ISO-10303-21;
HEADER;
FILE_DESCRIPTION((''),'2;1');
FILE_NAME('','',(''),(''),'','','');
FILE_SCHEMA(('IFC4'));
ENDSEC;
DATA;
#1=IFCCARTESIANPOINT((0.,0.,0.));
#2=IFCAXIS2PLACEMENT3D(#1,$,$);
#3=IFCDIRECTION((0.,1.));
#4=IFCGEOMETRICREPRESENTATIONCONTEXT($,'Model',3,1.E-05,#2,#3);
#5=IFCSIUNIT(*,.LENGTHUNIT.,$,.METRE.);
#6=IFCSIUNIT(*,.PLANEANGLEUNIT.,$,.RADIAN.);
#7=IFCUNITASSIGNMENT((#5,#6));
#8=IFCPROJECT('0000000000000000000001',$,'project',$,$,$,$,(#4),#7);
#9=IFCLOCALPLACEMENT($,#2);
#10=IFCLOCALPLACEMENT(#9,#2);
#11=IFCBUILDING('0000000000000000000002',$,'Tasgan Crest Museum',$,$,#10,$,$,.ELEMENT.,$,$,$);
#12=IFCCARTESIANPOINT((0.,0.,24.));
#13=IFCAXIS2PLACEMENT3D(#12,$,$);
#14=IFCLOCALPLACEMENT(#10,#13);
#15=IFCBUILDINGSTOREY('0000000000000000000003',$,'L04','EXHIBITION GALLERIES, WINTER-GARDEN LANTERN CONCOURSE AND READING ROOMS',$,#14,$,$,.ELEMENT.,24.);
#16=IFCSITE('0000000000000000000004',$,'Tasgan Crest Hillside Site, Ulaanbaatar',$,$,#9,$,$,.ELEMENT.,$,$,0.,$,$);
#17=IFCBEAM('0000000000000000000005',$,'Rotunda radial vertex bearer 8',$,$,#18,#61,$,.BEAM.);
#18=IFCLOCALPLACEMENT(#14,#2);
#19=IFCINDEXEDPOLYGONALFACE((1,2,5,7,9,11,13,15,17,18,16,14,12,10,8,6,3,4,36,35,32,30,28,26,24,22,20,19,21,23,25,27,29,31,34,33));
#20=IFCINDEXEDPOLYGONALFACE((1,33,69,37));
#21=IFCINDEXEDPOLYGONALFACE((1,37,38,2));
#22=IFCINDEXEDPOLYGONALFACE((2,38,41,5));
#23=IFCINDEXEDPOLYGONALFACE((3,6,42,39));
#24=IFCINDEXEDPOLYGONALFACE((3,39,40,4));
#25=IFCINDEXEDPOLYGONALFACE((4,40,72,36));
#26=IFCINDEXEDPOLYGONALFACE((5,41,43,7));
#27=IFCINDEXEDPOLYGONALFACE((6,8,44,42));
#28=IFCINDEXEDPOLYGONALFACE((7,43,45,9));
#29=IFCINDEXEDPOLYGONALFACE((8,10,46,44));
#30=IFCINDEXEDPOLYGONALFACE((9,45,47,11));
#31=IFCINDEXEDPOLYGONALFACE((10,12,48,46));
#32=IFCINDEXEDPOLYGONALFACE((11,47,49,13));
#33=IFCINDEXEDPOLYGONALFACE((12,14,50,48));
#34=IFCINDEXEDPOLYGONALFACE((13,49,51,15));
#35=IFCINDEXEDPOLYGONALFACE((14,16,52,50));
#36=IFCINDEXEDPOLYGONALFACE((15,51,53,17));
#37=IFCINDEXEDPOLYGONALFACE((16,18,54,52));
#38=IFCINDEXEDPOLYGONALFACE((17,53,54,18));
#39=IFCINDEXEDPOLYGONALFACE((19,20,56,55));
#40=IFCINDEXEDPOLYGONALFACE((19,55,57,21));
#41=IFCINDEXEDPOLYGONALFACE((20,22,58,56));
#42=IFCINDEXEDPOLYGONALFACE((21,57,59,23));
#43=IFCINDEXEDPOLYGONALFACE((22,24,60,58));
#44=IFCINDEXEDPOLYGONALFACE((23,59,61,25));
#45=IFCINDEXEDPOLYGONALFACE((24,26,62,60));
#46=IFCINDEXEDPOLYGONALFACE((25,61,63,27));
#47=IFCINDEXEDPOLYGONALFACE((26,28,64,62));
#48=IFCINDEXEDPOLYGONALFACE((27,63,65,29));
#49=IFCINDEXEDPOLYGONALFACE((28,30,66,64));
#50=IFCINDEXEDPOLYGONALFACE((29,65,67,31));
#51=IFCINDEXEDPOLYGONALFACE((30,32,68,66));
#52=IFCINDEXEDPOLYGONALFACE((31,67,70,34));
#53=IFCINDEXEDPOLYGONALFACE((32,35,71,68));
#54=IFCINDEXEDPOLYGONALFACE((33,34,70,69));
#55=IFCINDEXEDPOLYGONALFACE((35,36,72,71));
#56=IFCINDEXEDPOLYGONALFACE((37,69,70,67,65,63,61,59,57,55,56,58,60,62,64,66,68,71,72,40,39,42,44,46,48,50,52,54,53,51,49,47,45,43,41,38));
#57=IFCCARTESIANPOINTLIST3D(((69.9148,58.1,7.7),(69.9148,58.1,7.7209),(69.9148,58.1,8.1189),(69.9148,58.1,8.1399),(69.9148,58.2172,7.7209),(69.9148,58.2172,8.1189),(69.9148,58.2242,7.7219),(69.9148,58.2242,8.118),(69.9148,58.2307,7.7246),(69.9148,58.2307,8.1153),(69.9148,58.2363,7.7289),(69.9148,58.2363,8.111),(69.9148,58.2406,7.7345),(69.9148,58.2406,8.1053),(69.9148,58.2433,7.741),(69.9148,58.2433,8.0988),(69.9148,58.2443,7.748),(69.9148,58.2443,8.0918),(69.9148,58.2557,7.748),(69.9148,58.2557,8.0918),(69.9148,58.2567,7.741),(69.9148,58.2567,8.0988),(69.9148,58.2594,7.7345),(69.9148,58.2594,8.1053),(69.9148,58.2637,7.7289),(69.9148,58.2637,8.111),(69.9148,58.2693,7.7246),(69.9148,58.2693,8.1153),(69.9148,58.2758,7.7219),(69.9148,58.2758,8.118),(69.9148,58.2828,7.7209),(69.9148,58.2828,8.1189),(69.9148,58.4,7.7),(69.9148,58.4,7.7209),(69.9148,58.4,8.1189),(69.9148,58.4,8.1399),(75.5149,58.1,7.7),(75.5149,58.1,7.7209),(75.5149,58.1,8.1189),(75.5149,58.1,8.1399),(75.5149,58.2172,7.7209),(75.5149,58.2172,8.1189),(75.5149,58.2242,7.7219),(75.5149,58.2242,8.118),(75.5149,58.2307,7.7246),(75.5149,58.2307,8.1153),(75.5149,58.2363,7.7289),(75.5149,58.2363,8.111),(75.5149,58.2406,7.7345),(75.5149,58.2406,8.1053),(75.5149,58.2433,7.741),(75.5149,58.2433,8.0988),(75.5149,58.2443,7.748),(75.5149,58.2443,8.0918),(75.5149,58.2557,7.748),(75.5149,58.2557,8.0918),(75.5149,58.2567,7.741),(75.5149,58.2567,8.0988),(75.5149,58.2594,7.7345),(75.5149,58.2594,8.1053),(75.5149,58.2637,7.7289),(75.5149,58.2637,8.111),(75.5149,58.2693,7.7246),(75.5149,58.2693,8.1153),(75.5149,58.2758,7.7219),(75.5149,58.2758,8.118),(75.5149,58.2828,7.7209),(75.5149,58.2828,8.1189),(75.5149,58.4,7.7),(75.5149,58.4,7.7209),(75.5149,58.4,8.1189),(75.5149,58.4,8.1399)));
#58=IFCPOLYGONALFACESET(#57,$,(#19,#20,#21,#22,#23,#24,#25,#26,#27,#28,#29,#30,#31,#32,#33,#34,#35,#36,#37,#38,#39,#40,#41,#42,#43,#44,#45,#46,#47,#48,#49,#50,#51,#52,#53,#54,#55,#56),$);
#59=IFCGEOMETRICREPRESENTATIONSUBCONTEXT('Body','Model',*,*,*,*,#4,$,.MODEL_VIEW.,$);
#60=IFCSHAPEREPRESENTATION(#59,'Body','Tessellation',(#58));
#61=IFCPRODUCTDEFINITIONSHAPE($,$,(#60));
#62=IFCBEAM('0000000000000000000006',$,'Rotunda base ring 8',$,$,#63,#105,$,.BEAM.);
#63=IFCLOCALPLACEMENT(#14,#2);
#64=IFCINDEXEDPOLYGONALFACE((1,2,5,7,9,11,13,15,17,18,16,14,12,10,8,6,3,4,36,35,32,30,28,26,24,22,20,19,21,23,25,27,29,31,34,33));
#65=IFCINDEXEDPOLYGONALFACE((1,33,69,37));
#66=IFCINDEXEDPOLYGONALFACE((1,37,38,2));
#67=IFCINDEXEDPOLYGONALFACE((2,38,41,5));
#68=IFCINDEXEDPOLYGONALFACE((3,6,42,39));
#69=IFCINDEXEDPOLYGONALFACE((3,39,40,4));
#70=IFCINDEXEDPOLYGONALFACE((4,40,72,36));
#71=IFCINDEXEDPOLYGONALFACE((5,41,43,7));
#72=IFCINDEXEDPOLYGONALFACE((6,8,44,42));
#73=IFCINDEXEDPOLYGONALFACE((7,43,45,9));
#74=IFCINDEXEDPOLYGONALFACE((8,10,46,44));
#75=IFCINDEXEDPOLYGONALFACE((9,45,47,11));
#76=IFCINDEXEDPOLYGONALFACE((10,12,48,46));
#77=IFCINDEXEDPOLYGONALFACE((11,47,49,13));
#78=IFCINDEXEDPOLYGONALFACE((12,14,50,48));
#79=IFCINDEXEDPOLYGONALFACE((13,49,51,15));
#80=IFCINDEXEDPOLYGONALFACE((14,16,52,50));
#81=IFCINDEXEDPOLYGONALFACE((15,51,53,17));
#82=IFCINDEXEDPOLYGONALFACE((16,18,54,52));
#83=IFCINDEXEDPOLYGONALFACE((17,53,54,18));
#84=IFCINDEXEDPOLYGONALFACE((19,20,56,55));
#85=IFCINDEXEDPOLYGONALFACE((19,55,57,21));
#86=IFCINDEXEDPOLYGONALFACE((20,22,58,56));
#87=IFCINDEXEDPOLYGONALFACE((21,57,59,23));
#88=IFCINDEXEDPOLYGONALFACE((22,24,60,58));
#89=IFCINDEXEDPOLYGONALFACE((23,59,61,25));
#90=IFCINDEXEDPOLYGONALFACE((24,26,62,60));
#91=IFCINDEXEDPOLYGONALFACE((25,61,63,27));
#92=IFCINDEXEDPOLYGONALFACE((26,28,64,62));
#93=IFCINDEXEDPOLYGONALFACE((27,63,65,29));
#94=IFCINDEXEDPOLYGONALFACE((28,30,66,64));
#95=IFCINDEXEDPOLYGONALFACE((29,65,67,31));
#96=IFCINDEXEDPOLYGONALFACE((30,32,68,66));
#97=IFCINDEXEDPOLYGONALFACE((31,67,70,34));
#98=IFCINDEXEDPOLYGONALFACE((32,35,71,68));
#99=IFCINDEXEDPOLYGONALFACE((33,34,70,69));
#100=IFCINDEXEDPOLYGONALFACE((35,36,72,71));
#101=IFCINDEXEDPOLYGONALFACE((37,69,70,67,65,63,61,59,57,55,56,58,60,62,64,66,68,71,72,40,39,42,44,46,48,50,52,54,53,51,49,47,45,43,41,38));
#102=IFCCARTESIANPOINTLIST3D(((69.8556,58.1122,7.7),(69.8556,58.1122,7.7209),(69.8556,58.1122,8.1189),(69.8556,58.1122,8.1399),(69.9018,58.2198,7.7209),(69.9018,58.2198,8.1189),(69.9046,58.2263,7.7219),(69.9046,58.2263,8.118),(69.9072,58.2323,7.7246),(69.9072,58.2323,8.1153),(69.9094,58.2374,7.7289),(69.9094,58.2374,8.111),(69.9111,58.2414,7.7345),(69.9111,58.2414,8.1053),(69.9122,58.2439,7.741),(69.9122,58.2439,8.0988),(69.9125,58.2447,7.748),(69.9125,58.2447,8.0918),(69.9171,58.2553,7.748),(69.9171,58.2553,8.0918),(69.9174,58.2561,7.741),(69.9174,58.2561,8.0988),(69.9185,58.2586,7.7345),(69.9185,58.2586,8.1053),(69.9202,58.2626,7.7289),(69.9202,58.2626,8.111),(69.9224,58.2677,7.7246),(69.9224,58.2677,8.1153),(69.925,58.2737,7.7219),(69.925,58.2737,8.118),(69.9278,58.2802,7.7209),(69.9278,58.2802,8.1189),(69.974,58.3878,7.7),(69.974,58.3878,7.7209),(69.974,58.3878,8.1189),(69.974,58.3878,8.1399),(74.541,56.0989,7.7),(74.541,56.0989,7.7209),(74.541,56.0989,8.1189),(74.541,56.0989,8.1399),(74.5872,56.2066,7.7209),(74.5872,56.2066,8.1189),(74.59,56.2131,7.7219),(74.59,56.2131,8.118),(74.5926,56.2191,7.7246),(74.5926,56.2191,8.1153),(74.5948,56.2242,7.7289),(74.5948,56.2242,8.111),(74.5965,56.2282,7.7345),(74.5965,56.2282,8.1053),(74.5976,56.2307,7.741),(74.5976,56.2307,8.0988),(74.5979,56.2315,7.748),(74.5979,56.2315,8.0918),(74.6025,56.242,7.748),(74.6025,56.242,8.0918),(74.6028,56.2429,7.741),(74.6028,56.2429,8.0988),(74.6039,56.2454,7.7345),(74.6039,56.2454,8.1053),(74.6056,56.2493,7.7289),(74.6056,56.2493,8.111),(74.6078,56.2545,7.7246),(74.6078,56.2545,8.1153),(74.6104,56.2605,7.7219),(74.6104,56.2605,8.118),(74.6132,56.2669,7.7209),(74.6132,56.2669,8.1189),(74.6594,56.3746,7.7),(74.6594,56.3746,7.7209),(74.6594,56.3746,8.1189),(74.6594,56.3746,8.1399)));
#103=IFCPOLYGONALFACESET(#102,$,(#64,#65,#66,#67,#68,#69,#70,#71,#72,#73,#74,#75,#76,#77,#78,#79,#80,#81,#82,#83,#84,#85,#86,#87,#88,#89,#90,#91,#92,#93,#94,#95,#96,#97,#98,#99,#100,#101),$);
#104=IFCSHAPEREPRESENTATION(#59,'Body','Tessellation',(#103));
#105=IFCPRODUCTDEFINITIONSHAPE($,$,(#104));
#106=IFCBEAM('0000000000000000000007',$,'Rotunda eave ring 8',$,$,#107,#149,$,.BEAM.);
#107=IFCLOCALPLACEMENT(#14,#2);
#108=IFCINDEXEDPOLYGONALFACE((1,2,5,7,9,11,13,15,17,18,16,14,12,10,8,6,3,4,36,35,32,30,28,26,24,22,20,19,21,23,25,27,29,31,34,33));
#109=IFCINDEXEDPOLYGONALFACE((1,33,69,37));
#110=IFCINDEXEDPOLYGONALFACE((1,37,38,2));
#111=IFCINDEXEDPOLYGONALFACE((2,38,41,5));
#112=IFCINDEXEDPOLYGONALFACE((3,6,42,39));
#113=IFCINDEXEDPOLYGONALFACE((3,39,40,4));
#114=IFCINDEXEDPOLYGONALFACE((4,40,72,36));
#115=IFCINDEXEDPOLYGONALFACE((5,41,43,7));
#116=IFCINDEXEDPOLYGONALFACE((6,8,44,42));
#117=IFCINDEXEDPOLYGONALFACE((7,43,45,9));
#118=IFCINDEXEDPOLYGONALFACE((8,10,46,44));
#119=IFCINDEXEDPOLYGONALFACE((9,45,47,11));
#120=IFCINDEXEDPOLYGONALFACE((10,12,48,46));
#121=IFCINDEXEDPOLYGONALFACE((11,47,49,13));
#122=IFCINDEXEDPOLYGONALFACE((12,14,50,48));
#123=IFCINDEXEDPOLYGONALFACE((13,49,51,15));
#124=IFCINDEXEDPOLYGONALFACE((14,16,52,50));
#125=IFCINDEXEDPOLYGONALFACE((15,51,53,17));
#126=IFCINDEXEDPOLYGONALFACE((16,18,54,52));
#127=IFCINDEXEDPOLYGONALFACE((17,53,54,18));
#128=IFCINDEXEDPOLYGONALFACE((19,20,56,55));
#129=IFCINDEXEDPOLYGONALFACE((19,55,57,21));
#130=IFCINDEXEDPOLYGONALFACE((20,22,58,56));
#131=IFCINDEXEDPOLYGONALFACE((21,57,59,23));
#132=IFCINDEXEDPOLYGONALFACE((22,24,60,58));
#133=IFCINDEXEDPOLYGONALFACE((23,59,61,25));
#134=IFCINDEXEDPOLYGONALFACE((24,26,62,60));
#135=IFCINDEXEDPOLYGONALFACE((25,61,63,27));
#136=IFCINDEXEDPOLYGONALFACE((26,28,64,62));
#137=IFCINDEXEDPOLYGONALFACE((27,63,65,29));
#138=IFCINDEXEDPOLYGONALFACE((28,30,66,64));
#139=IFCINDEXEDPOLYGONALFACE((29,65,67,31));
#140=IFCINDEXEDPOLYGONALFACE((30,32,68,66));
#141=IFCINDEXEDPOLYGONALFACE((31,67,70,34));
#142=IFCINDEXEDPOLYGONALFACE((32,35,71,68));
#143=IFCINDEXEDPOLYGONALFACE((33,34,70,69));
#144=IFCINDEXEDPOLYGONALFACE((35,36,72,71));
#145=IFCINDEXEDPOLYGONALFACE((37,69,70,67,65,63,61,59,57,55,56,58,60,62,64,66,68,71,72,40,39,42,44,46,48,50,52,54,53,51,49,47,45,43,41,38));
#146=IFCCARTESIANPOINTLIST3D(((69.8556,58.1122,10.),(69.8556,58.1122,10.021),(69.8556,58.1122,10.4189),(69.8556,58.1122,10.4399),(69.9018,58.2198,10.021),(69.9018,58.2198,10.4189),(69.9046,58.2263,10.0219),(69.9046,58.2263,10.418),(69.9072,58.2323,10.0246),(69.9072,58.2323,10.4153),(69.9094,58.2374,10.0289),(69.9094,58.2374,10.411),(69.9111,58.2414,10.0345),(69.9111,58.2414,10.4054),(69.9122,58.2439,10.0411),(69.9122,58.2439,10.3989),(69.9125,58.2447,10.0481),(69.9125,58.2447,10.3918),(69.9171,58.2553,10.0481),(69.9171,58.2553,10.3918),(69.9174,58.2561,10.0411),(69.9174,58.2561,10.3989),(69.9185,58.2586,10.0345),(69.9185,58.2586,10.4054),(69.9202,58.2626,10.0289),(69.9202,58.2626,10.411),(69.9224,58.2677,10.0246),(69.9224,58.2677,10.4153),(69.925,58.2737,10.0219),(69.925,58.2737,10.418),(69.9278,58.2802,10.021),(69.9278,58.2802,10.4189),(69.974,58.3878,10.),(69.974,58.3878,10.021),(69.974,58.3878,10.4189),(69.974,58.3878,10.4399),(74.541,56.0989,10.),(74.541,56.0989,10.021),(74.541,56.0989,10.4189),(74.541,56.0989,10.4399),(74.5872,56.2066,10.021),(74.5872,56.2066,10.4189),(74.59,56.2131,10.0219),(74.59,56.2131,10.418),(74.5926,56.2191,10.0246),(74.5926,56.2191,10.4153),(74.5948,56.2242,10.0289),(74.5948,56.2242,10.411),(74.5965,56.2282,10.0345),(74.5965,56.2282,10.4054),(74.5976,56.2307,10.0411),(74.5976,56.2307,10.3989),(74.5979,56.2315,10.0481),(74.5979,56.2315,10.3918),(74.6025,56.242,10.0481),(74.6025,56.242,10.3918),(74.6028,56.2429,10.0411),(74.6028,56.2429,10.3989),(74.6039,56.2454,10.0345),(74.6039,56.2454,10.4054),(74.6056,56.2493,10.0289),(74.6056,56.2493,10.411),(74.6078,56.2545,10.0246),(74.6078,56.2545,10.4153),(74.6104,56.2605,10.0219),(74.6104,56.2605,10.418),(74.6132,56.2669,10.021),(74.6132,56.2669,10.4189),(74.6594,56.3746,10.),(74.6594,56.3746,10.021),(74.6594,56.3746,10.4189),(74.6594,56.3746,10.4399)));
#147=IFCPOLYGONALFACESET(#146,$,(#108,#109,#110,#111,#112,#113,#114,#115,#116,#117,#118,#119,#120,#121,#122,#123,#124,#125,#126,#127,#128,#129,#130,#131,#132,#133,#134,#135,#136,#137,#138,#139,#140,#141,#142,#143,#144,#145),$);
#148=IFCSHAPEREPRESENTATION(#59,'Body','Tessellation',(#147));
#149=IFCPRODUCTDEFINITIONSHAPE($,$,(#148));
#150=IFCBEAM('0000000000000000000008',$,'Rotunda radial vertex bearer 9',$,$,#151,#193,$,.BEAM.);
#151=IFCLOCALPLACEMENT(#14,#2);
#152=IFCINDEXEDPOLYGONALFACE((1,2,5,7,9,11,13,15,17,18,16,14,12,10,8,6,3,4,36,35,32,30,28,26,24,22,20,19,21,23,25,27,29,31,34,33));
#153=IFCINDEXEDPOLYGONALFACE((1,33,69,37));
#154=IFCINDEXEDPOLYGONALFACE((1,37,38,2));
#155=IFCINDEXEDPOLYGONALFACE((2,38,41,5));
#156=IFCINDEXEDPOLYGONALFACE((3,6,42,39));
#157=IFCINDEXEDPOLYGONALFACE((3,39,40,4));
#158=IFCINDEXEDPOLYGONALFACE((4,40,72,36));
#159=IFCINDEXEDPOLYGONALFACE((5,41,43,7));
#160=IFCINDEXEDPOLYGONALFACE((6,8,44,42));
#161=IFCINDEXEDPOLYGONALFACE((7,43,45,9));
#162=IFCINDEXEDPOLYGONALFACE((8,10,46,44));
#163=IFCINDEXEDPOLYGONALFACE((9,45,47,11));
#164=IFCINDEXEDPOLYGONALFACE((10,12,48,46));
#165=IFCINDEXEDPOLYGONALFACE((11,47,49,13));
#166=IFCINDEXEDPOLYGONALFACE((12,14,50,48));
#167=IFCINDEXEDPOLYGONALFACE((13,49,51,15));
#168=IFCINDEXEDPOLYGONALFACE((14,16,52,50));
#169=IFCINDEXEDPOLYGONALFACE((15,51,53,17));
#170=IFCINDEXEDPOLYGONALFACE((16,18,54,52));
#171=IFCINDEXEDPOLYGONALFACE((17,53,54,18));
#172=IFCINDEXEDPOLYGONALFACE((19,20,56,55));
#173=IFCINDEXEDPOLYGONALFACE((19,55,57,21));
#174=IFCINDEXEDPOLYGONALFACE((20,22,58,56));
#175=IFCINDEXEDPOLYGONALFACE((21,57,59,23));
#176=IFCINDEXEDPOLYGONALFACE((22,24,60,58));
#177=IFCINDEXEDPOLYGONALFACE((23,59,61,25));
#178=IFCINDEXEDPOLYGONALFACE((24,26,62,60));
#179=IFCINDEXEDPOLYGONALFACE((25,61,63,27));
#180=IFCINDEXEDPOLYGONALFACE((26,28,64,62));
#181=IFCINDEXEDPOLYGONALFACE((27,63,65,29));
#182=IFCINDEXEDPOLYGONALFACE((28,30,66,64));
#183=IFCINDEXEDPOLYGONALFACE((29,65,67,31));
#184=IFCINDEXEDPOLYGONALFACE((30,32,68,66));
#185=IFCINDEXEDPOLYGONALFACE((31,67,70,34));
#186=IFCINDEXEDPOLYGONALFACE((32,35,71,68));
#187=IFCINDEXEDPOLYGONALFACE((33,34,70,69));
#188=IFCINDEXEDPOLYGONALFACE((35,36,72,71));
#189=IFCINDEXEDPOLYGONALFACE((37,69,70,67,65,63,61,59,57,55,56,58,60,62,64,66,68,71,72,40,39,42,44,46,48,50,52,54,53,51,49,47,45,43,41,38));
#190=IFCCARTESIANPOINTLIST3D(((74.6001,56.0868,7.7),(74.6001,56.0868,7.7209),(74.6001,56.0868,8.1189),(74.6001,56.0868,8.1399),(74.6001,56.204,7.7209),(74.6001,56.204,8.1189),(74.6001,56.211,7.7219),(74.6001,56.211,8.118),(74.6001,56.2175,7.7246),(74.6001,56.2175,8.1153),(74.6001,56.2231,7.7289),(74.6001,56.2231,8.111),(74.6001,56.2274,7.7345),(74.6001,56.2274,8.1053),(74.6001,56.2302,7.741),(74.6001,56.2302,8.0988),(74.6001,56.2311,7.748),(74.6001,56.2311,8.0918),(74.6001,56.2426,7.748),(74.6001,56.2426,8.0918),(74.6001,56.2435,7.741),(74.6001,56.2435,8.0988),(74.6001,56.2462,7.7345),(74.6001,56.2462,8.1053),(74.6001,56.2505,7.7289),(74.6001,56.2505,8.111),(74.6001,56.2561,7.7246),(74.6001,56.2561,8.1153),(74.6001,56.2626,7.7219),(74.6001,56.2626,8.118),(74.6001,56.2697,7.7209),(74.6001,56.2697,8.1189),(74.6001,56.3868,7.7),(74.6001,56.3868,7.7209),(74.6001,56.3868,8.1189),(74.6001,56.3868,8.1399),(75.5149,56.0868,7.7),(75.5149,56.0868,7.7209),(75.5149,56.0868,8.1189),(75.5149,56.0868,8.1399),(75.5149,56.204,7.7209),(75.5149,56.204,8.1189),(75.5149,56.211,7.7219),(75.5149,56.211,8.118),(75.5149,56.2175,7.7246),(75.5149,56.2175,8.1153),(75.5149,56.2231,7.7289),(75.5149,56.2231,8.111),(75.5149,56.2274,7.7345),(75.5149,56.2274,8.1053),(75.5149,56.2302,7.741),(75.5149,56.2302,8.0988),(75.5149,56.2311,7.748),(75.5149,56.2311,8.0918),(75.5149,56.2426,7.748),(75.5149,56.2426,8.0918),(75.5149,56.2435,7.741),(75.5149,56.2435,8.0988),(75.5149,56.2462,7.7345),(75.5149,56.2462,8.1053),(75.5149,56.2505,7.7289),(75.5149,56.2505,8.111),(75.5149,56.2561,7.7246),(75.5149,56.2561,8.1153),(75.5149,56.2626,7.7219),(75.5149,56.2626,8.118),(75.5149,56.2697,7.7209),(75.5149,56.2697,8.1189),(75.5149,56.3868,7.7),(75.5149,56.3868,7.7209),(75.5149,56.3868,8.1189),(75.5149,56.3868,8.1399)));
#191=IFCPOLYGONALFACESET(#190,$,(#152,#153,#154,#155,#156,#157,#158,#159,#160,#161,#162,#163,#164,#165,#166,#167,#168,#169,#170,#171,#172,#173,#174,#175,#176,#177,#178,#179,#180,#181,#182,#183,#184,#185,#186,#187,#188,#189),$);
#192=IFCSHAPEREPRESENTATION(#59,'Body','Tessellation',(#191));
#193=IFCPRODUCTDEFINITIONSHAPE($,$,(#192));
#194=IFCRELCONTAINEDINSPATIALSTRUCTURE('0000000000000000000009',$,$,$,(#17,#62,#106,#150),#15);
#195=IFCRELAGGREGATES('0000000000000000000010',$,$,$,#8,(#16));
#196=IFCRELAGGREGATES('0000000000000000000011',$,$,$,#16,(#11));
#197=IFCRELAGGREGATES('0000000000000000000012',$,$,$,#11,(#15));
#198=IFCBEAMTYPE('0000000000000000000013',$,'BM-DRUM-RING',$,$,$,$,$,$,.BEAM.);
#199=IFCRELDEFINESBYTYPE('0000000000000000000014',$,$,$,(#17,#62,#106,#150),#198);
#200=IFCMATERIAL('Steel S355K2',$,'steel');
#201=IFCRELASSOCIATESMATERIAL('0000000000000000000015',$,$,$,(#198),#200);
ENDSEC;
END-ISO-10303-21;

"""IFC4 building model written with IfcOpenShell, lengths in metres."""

from ifc_helpers import new_model, si_unit, direction, frame, origin, origin_2d, place, context, subcontext, project, spatial, i_section, extrude, material, material_profile, profile_set, type_object, element, save


model = new_model("IFC4")

# Units and contexts
model_context = context("Model", 3, precision=1e-05, world=origin(), true_north=direction((0.0, 1.0)))
body_context = subcontext(model_context, "Body", "Model", "MODEL_VIEW")
ifc_project = project(units=[si_unit("LENGTHUNIT", "METRE"), si_unit("PLANEANGLEUNIT", "RADIAN")], contexts=[model_context])

# Site, building, storey
site_placement = place(None, origin())
site = spatial("IfcSite", under=ifc_project, at=site_placement, Name="Tasgan Crest Hillside Site, Ulaanbaatar", CompositionType="ELEMENT", RefElevation=0.0)
building_placement = place(site_placement, origin())
building = spatial("IfcBuilding", under=site, at=building_placement, Name="Tasgan Crest Museum", CompositionType="ELEMENT")
storey_placement = place(building_placement, frame((0.0, 0.0, 24.0)))
storey = spatial("IfcBuildingStorey", under=building, at=storey_placement, Name="L04", Description="EXHIBITION GALLERIES, WINTER-GARDEN LANTERN CONCOURSE AND READING ROOMS", CompositionType="ELEMENT", Elevation=24.0)

# Beams
ifc_material_1 = material(Name="Steel S355K2", Category="steel")
ifc_material_profile_1 = material_profile(ifc_material_1, i_section(OverallWidth=0.3, OverallDepth=0.4399, WebThickness=0.0115, FlangeThickness=0.021, FilletRadius=0.0271, at=origin_2d()), Name="HEA 450")
ifc_profile_set_1 = profile_set([ifc_material_profile_1], Name="Steel S355K2")
beam_type = type_object("IfcBeamType", Name="BM-DRUM-RING", PredefinedType="BEAM", material=ifc_profile_set_1)
beam_1_placement = place(storey_placement, frame((75.5149, 58.25, 7.9199), z_axis=(-1.0, 0.0, 0.0), x_axis=(0.0, -1.0, 0.0)))
element("IfcBeam", 1, at=beam_1_placement, inside=storey, type_object=beam_type, Name="Rotunda radial vertex bearer 8", PredefinedType="BEAM", context=body_context, shape_type="SweptSolid", body=[
    extrude(i_section(OverallWidth=0.3, OverallDepth=0.4399, WebThickness=0.0115, FlangeThickness=0.021, FilletRadius=0.0271, at=origin_2d()), origin(), (0.0, 0.0, 1.0), 5.6001),
])
for number, where, z_axis, x_axis, name in (
    (2, (69.9148, 58.25, 7.9199), (0.918776, -0.39478, 0.0), (0.39478, 0.918776, 0.0), "Rotunda base ring 8"),
    (3, (69.9148, 58.25, 10.22), (0.918776, -0.39478, 0.0), (0.39478, 0.918776, 0.0), "Rotunda eave ring 8"),
):
    element("IfcBeam", number, at=place(storey_placement, frame(where, z_axis=z_axis, x_axis=x_axis)), inside=storey, type_object=beam_type, Name=name, PredefinedType="BEAM", context=body_context, shape_type="SweptSolid", body=[
        extrude(i_section(OverallWidth=0.3, OverallDepth=0.4399, WebThickness=0.0115, FlangeThickness=0.021, FilletRadius=0.0271, at=origin_2d()), origin(), (0.0, 0.0, 1.0), 5.0996),
    ])
beam_2_placement = place(storey_placement, frame((75.5149, 56.2368, 7.9199), z_axis=(-1.0, 0.0, 0.0), x_axis=(0.0, -1.0, 0.0)))
element("IfcBeam", 4, at=beam_2_placement, inside=storey, type_object=beam_type, Name="Rotunda radial vertex bearer 9", PredefinedType="BEAM", context=body_context, shape_type="SweptSolid", body=[
    extrude(i_section(OverallWidth=0.3, OverallDepth=0.4399, WebThickness=0.0115, FlangeThickness=0.021, FilletRadius=0.0271, at=origin_2d()), origin(), (0.0, 0.0, 1.0), 0.9148),
])

save(model, "model.ifc")
